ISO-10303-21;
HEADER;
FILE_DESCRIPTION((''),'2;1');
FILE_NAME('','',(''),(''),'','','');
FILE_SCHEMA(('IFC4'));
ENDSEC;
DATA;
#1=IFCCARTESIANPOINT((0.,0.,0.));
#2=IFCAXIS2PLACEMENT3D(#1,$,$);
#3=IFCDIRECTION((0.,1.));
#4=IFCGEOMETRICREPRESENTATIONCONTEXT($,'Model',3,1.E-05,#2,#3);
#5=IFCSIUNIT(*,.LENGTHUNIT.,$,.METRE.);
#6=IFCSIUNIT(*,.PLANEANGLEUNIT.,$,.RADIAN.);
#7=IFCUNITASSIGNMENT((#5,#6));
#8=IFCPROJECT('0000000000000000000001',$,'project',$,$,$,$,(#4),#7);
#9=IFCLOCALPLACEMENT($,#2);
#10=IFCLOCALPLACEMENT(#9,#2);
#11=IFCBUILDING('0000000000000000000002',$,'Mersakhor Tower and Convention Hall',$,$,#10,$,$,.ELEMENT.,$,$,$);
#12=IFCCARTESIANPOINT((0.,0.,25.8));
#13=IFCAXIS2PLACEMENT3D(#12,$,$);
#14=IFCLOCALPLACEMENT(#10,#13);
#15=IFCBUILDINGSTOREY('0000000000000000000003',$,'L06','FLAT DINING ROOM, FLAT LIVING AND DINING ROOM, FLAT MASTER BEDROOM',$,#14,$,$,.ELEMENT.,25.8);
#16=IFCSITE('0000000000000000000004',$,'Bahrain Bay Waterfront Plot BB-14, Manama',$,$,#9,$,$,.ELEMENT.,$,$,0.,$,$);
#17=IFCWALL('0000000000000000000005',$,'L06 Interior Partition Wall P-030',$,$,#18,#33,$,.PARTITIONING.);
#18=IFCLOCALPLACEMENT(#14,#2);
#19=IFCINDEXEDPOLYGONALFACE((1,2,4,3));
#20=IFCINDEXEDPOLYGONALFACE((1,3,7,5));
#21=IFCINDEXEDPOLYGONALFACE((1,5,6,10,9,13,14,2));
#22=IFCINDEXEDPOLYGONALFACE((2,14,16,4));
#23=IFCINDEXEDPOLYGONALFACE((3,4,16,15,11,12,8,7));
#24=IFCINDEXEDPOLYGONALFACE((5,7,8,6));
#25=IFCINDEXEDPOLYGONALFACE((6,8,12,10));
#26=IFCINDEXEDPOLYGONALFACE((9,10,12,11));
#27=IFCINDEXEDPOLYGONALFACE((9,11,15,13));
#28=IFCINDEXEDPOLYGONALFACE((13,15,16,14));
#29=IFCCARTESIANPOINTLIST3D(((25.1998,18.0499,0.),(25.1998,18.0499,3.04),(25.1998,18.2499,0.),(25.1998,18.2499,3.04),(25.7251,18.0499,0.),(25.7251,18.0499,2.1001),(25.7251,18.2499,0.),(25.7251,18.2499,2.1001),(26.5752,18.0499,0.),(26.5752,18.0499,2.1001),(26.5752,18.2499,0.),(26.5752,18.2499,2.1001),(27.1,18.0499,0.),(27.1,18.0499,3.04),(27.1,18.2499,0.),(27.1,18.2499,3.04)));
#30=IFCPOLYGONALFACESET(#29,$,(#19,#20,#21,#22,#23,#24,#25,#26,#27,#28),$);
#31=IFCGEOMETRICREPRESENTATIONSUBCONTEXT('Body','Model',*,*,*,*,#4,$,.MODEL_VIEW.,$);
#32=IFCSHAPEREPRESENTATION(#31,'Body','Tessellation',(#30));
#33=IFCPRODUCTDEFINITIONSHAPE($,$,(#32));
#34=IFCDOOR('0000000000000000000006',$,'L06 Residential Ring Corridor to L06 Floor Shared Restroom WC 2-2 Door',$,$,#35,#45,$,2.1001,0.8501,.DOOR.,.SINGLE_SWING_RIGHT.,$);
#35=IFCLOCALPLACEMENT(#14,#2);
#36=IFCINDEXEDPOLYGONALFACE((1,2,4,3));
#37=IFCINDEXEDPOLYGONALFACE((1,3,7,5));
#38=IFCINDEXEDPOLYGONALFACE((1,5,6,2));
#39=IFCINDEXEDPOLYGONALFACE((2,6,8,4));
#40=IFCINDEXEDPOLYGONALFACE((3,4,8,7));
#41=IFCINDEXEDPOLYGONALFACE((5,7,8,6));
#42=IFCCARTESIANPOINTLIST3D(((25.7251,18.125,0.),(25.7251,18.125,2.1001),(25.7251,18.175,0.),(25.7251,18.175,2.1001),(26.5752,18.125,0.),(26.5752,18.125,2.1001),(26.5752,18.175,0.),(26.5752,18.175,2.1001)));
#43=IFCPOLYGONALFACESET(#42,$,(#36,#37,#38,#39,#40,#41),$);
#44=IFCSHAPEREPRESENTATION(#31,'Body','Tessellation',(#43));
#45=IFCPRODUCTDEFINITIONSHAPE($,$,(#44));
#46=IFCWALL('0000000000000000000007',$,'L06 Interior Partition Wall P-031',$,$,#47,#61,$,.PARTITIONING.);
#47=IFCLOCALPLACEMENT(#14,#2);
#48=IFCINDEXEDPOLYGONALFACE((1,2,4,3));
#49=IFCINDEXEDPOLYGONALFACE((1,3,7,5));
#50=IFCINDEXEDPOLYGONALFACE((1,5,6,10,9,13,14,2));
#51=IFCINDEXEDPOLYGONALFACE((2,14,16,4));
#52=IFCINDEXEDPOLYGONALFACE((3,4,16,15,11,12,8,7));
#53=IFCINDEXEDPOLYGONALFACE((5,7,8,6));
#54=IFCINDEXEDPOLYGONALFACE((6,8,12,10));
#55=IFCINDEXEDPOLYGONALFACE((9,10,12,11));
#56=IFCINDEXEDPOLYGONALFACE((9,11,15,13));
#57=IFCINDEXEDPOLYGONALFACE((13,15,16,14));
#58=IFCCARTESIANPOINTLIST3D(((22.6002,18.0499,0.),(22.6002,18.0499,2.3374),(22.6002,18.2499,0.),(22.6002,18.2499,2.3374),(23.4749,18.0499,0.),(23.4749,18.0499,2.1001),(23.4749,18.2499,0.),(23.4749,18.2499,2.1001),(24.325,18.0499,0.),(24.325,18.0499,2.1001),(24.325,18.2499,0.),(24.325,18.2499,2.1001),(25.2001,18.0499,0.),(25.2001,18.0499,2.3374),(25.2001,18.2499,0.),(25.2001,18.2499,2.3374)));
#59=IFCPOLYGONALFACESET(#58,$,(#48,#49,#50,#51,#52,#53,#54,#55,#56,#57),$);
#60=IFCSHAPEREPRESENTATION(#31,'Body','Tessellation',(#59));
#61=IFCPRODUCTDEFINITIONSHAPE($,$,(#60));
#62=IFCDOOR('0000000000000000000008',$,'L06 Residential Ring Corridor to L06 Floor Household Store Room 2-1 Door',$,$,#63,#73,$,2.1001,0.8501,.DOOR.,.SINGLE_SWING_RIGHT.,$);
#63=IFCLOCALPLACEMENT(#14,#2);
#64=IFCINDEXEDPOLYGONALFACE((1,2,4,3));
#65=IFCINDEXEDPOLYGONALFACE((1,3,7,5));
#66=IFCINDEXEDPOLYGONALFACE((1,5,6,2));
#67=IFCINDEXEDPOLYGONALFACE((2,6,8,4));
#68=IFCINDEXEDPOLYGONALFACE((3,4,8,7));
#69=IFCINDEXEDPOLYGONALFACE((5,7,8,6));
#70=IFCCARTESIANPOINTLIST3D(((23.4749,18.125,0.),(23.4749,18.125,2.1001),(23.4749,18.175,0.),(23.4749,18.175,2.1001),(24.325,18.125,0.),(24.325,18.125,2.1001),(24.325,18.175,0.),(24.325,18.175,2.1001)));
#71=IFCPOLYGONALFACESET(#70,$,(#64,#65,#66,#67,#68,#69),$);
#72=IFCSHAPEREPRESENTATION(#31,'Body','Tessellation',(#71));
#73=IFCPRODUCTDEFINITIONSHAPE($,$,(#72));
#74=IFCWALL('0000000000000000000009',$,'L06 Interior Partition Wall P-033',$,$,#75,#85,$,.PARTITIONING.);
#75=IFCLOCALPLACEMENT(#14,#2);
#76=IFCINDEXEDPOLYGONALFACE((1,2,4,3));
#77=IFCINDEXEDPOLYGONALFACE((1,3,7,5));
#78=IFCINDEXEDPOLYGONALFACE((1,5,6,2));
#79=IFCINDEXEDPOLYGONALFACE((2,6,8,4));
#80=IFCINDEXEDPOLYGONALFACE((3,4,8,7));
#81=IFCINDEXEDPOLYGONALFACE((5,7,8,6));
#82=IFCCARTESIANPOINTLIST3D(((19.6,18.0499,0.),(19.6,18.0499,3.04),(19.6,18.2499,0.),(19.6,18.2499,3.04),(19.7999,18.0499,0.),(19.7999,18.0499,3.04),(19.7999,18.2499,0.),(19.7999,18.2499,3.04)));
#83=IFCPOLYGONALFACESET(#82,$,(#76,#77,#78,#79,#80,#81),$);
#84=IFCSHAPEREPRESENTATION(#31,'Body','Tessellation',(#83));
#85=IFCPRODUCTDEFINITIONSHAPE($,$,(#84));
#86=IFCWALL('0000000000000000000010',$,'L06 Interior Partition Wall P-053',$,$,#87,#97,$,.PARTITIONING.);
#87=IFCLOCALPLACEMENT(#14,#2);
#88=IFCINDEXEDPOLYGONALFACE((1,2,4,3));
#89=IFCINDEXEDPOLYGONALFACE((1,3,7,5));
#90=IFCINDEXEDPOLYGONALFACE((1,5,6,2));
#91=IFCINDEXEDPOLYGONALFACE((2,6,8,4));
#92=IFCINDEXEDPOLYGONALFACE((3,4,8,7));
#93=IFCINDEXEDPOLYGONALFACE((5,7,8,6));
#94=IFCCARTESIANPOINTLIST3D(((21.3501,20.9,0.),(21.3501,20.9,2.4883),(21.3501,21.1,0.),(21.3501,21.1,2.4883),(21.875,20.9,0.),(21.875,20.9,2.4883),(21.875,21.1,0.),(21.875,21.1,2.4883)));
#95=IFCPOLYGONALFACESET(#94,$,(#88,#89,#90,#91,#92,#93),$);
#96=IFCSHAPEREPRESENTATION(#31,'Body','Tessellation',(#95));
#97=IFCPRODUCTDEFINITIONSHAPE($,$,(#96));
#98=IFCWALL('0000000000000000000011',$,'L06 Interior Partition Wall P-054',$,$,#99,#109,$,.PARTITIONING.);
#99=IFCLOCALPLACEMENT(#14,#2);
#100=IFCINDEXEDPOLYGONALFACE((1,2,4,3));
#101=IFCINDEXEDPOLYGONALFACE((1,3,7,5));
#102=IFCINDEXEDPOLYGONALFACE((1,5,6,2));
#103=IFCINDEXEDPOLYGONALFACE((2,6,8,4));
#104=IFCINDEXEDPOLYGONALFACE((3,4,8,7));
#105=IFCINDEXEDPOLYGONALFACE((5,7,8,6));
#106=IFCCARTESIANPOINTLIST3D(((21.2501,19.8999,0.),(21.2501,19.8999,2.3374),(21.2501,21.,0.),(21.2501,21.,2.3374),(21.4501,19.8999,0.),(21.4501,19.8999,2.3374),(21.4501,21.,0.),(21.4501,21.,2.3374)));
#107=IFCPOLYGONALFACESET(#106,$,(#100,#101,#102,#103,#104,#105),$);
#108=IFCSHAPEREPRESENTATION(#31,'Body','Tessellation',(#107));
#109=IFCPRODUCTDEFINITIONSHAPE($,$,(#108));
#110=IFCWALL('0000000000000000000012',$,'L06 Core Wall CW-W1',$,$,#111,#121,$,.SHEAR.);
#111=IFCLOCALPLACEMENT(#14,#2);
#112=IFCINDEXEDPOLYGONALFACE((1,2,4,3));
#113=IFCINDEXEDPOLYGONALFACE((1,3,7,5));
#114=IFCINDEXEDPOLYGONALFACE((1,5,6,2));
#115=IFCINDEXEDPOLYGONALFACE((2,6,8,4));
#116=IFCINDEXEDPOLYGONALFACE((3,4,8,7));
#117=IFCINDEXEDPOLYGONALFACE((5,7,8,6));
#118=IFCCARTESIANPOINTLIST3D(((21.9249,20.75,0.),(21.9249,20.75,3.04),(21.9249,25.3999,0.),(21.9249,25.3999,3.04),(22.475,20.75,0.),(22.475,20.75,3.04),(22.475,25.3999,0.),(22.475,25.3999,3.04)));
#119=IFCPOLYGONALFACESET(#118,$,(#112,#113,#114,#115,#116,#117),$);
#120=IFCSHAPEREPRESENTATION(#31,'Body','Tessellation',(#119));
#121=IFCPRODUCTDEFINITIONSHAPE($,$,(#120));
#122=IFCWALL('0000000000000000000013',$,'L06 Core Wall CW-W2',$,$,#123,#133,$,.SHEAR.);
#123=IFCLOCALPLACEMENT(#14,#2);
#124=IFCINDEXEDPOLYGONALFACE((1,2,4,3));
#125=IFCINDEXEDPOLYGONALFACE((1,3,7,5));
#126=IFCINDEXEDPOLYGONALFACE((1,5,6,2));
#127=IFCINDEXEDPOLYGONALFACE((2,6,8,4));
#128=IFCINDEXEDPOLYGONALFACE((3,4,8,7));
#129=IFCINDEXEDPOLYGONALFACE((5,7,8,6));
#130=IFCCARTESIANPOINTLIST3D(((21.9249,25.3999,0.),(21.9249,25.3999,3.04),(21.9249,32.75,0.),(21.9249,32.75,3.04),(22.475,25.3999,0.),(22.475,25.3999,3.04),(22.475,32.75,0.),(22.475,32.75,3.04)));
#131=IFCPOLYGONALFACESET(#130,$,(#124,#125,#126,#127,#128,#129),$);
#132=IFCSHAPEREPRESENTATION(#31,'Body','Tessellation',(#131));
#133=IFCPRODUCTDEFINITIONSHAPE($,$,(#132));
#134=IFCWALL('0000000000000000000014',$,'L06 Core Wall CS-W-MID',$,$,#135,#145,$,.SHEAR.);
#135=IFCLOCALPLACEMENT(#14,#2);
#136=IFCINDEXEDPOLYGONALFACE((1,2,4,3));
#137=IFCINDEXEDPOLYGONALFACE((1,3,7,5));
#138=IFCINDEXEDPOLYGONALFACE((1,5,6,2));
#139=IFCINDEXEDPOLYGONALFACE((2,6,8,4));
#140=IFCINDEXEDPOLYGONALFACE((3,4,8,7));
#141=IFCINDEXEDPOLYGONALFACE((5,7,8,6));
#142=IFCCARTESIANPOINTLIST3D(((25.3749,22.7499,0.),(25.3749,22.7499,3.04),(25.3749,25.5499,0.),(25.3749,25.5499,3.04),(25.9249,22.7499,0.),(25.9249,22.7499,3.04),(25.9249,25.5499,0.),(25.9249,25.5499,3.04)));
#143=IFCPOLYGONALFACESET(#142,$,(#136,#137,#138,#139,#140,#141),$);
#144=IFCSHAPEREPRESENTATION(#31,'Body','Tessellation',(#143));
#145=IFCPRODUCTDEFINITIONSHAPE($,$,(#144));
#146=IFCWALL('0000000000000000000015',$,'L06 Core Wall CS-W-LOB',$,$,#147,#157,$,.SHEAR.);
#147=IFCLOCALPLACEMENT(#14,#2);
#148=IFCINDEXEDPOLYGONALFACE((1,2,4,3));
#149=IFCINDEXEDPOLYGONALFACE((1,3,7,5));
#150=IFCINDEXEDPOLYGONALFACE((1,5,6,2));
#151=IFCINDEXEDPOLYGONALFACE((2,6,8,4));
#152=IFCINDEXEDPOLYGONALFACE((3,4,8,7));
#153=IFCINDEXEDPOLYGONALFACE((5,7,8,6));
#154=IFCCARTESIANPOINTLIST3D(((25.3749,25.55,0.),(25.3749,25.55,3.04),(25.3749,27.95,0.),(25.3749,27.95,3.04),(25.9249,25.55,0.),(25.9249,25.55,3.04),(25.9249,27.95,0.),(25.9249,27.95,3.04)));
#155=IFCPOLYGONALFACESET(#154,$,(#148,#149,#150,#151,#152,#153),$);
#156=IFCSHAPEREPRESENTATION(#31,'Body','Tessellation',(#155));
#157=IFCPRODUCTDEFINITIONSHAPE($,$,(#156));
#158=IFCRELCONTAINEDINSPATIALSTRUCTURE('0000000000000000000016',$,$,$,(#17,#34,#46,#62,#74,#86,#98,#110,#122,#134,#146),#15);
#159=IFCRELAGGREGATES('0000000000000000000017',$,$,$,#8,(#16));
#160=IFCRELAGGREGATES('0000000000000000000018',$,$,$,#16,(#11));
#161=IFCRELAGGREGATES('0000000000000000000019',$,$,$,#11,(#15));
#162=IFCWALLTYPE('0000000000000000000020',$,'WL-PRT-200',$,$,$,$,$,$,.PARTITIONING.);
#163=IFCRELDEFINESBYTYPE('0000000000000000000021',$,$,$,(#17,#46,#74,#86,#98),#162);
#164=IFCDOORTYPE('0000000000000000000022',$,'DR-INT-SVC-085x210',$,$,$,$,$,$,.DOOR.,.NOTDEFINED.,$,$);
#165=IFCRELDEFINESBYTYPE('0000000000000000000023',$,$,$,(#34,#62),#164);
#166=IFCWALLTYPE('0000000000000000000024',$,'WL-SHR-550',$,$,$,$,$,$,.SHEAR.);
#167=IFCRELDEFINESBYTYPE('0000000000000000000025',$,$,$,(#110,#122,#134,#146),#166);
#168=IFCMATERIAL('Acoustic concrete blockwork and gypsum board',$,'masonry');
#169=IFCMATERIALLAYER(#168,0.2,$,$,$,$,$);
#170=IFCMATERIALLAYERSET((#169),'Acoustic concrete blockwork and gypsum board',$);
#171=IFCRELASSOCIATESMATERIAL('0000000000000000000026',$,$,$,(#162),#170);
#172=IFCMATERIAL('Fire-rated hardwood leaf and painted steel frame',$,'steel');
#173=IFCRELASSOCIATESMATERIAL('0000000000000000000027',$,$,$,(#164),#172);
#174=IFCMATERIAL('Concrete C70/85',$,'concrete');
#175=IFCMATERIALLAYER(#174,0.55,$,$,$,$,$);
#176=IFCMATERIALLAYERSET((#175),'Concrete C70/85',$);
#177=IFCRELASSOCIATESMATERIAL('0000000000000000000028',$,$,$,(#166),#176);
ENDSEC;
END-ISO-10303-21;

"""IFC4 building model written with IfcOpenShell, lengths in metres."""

from ifc_helpers import new_model, si_unit, direction, frame, frame_2d, origin, place, context, subcontext, project, spatial, rectangle, extrude, material, layer, layer_set, type_object, element, fill, save


model = new_model("IFC4")

# Units and contexts
model_context = context("Model", 3, precision=1e-05, world=origin(), true_north=direction((0.0, 1.0)))
body_context = subcontext(model_context, "Body", "Model", "MODEL_VIEW")
ifc_project = project(units=[si_unit("LENGTHUNIT", "METRE"), si_unit("PLANEANGLEUNIT", "RADIAN")], contexts=[model_context])

# Site, building, storey
site_placement = place(None, origin())
site = spatial("IfcSite", under=ifc_project, at=site_placement, Name="Bahrain Bay Waterfront Plot BB-14, Manama", CompositionType="ELEMENT", RefElevation=0.0)
building_placement = place(site_placement, origin())
building = spatial("IfcBuilding", under=site, at=building_placement, Name="Mersakhor Tower and Convention Hall", CompositionType="ELEMENT")
storey_placement = place(building_placement, frame((0.0, 0.0, 25.8)))
storey = spatial("IfcBuildingStorey", under=building, at=storey_placement, Name="L06", Description="FLAT DINING ROOM, FLAT LIVING AND DINING ROOM, FLAT MASTER BEDROOM", CompositionType="ELEMENT", Elevation=25.8)

# Shared definitions
ifc_material_1 = material(Name="Acoustic concrete blockwork and gypsum board", Category="masonry")
ifc_layer_1 = layer(ifc_material_1, 0.2)
ifc_layer_set_1 = layer_set([ifc_layer_1], Name="Acoustic concrete blockwork and gypsum board")
wall_type_1 = type_object("IfcWallType", Name="WL-PRT-200", PredefinedType="PARTITIONING", material=ifc_layer_set_1)

# Walls, openings, doors
wall_1_placement = place(storey_placement, frame((27.1001, 18.1499, 0.0), z_axis=(0.0, 0.0, 1.0), x_axis=(-1.0, 0.0, 0.0)))
wall_1 = element("IfcWall", 1, at=wall_1_placement, inside=storey, type_object=wall_type_1, Name="L06 Interior Partition Wall P-030", PredefinedType="PARTITIONING", context=body_context, shape_type="SweptSolid", body=[
    extrude(rectangle(XDim=1.9001, YDim=0.2, at=frame_2d((0.9502, 0.0))), origin(), (0.0, 0.0, 1.0), 3.04),
])
opening_1_placement = place(wall_1_placement, frame((0.5249, 0.0, 0.0)))
opening_1 = element("IfcOpeningElement", 2, at=opening_1_placement, cuts=wall_1, PredefinedType="OPENING", context=body_context, shape_type="SweptSolid", body=[
    extrude(rectangle(XDim=0.8501, YDim=2.1001, at=frame_2d((0.425, 1.05))), frame((0.0, 0.1099, 0.0), z_axis=(0.0, -1.0, 0.0), x_axis=(1.0, 0.0, 0.0)), (0.0, 0.0, 1.0), 0.22),
])
ifc_material_2 = material(Name="Fire-rated hardwood leaf and painted steel frame", Category="steel")
door_type_1 = type_object("IfcDoorType", Name="DR-INT-SVC-085x210", OperationType="NOTDEFINED", PredefinedType="DOOR", material=ifc_material_2)
door_1_placement = place(opening_1_placement, origin())
door_1 = element("IfcDoor", 3, at=door_1_placement, inside=storey, type_object=door_type_1, Name="L06 Residential Ring Corridor to L06 Floor Shared Restroom WC 2-2 Door", OperationType="SINGLE_SWING_RIGHT", OverallHeight=2.1001, OverallWidth=0.8501, PredefinedType="DOOR", context=body_context, shape_type="SweptSolid", body=[
    extrude(rectangle(XDim=0.8501, YDim=2.1001, at=frame_2d((0.425, 1.05))), frame((0.0, 0.0249, 0.0), z_axis=(0.0, -1.0, 0.0), x_axis=(1.0, 0.0, 0.0)), (0.0, 0.0, 1.0), 0.05),
])
fill(opening_1, door_1)
wall_2_placement = place(storey_placement, frame((25.2, 18.1499, 0.0), z_axis=(0.0, 0.0, 1.0), x_axis=(-1.0, 0.0, 0.0)))
wall_2 = element("IfcWall", 4, at=wall_2_placement, inside=storey, type_object=wall_type_1, Name="L06 Interior Partition Wall P-031", PredefinedType="PARTITIONING", context=body_context, shape_type="SweptSolid", body=[
    extrude(rectangle(XDim=2.5999, YDim=0.2, at=frame_2d((1.2998, 0.0))), origin(), (0.0, 0.0, 1.0), 2.3374),
])
opening_2_placement = place(wall_2_placement, frame((0.875, 0.0, 0.0)))
opening_2 = element("IfcOpeningElement", 5, at=opening_2_placement, cuts=wall_2, PredefinedType="OPENING", context=body_context, shape_type="SweptSolid", body=[
    extrude(rectangle(XDim=0.8501, YDim=2.1001, at=frame_2d((0.425, 1.05))), frame((0.0, 0.1099, 0.0), z_axis=(0.0, -1.0, 0.0), x_axis=(1.0, 0.0, 0.0)), (0.0, 0.0, 1.0), 0.22),
])
door_2_placement = place(opening_2_placement, origin())
door_2 = element("IfcDoor", 6, at=door_2_placement, inside=storey, type_object=door_type_1, Name="L06 Residential Ring Corridor to L06 Floor Household Store Room 2-1 Door", OperationType="SINGLE_SWING_RIGHT", OverallHeight=2.1001, OverallWidth=0.8501, PredefinedType="DOOR", context=body_context, shape_type="SweptSolid", body=[
    extrude(rectangle(XDim=0.8501, YDim=2.1001, at=frame_2d((0.425, 1.05))), frame((0.0, 0.0249, 0.0), z_axis=(0.0, -1.0, 0.0), x_axis=(1.0, 0.0, 0.0)), (0.0, 0.0, 1.0), 0.05),
])
fill(opening_2, door_2)

# Walls
wall_3_placement = place(storey_placement, frame((19.8, 18.1499, 0.0), z_axis=(0.0, 0.0, 1.0), x_axis=(-1.0, 0.0, 0.0)))
element("IfcWall", 7, at=wall_3_placement, inside=storey, type_object=wall_type_1, Name="L06 Interior Partition Wall P-033", PredefinedType="PARTITIONING", context=body_context, shape_type="SweptSolid", body=[
    extrude(rectangle(XDim=0.2, YDim=0.2, at=frame_2d((0.1001, 0.0))), origin(), (0.0, 0.0, 1.0), 3.04),
])
wall_4_placement = place(storey_placement, frame((21.875, 21.0, 0.0), z_axis=(0.0, 0.0, 1.0), x_axis=(-1.0, 0.0, 0.0)))
element("IfcWall", 8, at=wall_4_placement, inside=storey, type_object=wall_type_1, Name="L06 Interior Partition Wall P-053", PredefinedType="PARTITIONING", context=body_context, shape_type="SweptSolid", body=[
    extrude(rectangle(XDim=0.5249, YDim=0.2, at=frame_2d((0.2625, 0.0))), origin(), (0.0, 0.0, 1.0), 2.4883),
])
wall_5_placement = place(storey_placement, frame((21.3501, 21.0, 0.0), z_axis=(0.0, 0.0, 1.0), x_axis=(0.0, -1.0, 0.0)))
element("IfcWall", 9, at=wall_5_placement, inside=storey, type_object=wall_type_1, Name="L06 Interior Partition Wall P-054", PredefinedType="PARTITIONING", context=body_context, shape_type="SweptSolid", body=[
    extrude(rectangle(XDim=1.1001, YDim=0.2, at=frame_2d((0.55, 0.0))), origin(), (0.0, 0.0, 1.0), 2.3374),
])

# Walls
ifc_material_3 = material(Name="Concrete C70/85", Category="concrete")
ifc_layer_2 = layer(ifc_material_3, 0.55)
ifc_layer_set_2 = layer_set([ifc_layer_2], Name="Concrete C70/85")
wall_type_2 = type_object("IfcWallType", Name="WL-SHR-550", PredefinedType="SHEAR", material=ifc_layer_set_2)
wall_6_placement = place(storey_placement, frame((22.2, 20.75, 0.0), z_axis=(0.0, 0.0, 1.0), x_axis=(0.0, 1.0, 0.0)))
element("IfcWall", 10, at=wall_6_placement, inside=storey, type_object=wall_type_2, Name="L06 Core Wall CW-W1", PredefinedType="SHEAR", context=body_context, shape_type="SweptSolid", body=[
    extrude(rectangle(XDim=4.6499, YDim=0.55, at=frame_2d((2.325, 0.0))), origin(), (0.0, 0.0, 1.0), 3.04),
])
wall_7_placement = place(storey_placement, frame((22.2, 25.3999, 0.0), z_axis=(0.0, 0.0, 1.0), x_axis=(0.0, 1.0, 0.0)))
element("IfcWall", 11, at=wall_7_placement, inside=storey, type_object=wall_type_2, Name="L06 Core Wall CW-W2", PredefinedType="SHEAR", context=body_context, shape_type="SweptSolid", body=[
    extrude(rectangle(XDim=7.3501, YDim=0.55, at=frame_2d((3.675, 0.0))), origin(), (0.0, 0.0, 1.0), 3.04),
])

# Walls
wall_8_placement = place(storey_placement, frame((25.6499, 22.75, 0.0), z_axis=(0.0, 0.0, 1.0), x_axis=(0.0, 1.0, 0.0)))
element("IfcWall", 12, at=wall_8_placement, inside=storey, type_object=wall_type_2, Name="L06 Core Wall CS-W-MID", PredefinedType="SHEAR", context=body_context, shape_type="SweptSolid", body=[
    extrude(rectangle(XDim=2.8, YDim=0.55, at=frame_2d((1.3999, 0.0))), origin(), (0.0, 0.0, 1.0), 3.04),
])
wall_9_placement = place(storey_placement, frame((25.6499, 25.55, 0.0), z_axis=(0.0, 0.0, 1.0), x_axis=(0.0, 1.0, 0.0)))
element("IfcWall", 13, at=wall_9_placement, inside=storey, type_object=wall_type_2, Name="L06 Core Wall CS-W-LOB", PredefinedType="SHEAR", context=body_context, shape_type="SweptSolid", body=[
    extrude(rectangle(XDim=2.3999, YDim=0.55, at=frame_2d((1.2, 0.0))), origin(), (0.0, 0.0, 1.0), 3.04),
])

save(model, "model.ifc")
